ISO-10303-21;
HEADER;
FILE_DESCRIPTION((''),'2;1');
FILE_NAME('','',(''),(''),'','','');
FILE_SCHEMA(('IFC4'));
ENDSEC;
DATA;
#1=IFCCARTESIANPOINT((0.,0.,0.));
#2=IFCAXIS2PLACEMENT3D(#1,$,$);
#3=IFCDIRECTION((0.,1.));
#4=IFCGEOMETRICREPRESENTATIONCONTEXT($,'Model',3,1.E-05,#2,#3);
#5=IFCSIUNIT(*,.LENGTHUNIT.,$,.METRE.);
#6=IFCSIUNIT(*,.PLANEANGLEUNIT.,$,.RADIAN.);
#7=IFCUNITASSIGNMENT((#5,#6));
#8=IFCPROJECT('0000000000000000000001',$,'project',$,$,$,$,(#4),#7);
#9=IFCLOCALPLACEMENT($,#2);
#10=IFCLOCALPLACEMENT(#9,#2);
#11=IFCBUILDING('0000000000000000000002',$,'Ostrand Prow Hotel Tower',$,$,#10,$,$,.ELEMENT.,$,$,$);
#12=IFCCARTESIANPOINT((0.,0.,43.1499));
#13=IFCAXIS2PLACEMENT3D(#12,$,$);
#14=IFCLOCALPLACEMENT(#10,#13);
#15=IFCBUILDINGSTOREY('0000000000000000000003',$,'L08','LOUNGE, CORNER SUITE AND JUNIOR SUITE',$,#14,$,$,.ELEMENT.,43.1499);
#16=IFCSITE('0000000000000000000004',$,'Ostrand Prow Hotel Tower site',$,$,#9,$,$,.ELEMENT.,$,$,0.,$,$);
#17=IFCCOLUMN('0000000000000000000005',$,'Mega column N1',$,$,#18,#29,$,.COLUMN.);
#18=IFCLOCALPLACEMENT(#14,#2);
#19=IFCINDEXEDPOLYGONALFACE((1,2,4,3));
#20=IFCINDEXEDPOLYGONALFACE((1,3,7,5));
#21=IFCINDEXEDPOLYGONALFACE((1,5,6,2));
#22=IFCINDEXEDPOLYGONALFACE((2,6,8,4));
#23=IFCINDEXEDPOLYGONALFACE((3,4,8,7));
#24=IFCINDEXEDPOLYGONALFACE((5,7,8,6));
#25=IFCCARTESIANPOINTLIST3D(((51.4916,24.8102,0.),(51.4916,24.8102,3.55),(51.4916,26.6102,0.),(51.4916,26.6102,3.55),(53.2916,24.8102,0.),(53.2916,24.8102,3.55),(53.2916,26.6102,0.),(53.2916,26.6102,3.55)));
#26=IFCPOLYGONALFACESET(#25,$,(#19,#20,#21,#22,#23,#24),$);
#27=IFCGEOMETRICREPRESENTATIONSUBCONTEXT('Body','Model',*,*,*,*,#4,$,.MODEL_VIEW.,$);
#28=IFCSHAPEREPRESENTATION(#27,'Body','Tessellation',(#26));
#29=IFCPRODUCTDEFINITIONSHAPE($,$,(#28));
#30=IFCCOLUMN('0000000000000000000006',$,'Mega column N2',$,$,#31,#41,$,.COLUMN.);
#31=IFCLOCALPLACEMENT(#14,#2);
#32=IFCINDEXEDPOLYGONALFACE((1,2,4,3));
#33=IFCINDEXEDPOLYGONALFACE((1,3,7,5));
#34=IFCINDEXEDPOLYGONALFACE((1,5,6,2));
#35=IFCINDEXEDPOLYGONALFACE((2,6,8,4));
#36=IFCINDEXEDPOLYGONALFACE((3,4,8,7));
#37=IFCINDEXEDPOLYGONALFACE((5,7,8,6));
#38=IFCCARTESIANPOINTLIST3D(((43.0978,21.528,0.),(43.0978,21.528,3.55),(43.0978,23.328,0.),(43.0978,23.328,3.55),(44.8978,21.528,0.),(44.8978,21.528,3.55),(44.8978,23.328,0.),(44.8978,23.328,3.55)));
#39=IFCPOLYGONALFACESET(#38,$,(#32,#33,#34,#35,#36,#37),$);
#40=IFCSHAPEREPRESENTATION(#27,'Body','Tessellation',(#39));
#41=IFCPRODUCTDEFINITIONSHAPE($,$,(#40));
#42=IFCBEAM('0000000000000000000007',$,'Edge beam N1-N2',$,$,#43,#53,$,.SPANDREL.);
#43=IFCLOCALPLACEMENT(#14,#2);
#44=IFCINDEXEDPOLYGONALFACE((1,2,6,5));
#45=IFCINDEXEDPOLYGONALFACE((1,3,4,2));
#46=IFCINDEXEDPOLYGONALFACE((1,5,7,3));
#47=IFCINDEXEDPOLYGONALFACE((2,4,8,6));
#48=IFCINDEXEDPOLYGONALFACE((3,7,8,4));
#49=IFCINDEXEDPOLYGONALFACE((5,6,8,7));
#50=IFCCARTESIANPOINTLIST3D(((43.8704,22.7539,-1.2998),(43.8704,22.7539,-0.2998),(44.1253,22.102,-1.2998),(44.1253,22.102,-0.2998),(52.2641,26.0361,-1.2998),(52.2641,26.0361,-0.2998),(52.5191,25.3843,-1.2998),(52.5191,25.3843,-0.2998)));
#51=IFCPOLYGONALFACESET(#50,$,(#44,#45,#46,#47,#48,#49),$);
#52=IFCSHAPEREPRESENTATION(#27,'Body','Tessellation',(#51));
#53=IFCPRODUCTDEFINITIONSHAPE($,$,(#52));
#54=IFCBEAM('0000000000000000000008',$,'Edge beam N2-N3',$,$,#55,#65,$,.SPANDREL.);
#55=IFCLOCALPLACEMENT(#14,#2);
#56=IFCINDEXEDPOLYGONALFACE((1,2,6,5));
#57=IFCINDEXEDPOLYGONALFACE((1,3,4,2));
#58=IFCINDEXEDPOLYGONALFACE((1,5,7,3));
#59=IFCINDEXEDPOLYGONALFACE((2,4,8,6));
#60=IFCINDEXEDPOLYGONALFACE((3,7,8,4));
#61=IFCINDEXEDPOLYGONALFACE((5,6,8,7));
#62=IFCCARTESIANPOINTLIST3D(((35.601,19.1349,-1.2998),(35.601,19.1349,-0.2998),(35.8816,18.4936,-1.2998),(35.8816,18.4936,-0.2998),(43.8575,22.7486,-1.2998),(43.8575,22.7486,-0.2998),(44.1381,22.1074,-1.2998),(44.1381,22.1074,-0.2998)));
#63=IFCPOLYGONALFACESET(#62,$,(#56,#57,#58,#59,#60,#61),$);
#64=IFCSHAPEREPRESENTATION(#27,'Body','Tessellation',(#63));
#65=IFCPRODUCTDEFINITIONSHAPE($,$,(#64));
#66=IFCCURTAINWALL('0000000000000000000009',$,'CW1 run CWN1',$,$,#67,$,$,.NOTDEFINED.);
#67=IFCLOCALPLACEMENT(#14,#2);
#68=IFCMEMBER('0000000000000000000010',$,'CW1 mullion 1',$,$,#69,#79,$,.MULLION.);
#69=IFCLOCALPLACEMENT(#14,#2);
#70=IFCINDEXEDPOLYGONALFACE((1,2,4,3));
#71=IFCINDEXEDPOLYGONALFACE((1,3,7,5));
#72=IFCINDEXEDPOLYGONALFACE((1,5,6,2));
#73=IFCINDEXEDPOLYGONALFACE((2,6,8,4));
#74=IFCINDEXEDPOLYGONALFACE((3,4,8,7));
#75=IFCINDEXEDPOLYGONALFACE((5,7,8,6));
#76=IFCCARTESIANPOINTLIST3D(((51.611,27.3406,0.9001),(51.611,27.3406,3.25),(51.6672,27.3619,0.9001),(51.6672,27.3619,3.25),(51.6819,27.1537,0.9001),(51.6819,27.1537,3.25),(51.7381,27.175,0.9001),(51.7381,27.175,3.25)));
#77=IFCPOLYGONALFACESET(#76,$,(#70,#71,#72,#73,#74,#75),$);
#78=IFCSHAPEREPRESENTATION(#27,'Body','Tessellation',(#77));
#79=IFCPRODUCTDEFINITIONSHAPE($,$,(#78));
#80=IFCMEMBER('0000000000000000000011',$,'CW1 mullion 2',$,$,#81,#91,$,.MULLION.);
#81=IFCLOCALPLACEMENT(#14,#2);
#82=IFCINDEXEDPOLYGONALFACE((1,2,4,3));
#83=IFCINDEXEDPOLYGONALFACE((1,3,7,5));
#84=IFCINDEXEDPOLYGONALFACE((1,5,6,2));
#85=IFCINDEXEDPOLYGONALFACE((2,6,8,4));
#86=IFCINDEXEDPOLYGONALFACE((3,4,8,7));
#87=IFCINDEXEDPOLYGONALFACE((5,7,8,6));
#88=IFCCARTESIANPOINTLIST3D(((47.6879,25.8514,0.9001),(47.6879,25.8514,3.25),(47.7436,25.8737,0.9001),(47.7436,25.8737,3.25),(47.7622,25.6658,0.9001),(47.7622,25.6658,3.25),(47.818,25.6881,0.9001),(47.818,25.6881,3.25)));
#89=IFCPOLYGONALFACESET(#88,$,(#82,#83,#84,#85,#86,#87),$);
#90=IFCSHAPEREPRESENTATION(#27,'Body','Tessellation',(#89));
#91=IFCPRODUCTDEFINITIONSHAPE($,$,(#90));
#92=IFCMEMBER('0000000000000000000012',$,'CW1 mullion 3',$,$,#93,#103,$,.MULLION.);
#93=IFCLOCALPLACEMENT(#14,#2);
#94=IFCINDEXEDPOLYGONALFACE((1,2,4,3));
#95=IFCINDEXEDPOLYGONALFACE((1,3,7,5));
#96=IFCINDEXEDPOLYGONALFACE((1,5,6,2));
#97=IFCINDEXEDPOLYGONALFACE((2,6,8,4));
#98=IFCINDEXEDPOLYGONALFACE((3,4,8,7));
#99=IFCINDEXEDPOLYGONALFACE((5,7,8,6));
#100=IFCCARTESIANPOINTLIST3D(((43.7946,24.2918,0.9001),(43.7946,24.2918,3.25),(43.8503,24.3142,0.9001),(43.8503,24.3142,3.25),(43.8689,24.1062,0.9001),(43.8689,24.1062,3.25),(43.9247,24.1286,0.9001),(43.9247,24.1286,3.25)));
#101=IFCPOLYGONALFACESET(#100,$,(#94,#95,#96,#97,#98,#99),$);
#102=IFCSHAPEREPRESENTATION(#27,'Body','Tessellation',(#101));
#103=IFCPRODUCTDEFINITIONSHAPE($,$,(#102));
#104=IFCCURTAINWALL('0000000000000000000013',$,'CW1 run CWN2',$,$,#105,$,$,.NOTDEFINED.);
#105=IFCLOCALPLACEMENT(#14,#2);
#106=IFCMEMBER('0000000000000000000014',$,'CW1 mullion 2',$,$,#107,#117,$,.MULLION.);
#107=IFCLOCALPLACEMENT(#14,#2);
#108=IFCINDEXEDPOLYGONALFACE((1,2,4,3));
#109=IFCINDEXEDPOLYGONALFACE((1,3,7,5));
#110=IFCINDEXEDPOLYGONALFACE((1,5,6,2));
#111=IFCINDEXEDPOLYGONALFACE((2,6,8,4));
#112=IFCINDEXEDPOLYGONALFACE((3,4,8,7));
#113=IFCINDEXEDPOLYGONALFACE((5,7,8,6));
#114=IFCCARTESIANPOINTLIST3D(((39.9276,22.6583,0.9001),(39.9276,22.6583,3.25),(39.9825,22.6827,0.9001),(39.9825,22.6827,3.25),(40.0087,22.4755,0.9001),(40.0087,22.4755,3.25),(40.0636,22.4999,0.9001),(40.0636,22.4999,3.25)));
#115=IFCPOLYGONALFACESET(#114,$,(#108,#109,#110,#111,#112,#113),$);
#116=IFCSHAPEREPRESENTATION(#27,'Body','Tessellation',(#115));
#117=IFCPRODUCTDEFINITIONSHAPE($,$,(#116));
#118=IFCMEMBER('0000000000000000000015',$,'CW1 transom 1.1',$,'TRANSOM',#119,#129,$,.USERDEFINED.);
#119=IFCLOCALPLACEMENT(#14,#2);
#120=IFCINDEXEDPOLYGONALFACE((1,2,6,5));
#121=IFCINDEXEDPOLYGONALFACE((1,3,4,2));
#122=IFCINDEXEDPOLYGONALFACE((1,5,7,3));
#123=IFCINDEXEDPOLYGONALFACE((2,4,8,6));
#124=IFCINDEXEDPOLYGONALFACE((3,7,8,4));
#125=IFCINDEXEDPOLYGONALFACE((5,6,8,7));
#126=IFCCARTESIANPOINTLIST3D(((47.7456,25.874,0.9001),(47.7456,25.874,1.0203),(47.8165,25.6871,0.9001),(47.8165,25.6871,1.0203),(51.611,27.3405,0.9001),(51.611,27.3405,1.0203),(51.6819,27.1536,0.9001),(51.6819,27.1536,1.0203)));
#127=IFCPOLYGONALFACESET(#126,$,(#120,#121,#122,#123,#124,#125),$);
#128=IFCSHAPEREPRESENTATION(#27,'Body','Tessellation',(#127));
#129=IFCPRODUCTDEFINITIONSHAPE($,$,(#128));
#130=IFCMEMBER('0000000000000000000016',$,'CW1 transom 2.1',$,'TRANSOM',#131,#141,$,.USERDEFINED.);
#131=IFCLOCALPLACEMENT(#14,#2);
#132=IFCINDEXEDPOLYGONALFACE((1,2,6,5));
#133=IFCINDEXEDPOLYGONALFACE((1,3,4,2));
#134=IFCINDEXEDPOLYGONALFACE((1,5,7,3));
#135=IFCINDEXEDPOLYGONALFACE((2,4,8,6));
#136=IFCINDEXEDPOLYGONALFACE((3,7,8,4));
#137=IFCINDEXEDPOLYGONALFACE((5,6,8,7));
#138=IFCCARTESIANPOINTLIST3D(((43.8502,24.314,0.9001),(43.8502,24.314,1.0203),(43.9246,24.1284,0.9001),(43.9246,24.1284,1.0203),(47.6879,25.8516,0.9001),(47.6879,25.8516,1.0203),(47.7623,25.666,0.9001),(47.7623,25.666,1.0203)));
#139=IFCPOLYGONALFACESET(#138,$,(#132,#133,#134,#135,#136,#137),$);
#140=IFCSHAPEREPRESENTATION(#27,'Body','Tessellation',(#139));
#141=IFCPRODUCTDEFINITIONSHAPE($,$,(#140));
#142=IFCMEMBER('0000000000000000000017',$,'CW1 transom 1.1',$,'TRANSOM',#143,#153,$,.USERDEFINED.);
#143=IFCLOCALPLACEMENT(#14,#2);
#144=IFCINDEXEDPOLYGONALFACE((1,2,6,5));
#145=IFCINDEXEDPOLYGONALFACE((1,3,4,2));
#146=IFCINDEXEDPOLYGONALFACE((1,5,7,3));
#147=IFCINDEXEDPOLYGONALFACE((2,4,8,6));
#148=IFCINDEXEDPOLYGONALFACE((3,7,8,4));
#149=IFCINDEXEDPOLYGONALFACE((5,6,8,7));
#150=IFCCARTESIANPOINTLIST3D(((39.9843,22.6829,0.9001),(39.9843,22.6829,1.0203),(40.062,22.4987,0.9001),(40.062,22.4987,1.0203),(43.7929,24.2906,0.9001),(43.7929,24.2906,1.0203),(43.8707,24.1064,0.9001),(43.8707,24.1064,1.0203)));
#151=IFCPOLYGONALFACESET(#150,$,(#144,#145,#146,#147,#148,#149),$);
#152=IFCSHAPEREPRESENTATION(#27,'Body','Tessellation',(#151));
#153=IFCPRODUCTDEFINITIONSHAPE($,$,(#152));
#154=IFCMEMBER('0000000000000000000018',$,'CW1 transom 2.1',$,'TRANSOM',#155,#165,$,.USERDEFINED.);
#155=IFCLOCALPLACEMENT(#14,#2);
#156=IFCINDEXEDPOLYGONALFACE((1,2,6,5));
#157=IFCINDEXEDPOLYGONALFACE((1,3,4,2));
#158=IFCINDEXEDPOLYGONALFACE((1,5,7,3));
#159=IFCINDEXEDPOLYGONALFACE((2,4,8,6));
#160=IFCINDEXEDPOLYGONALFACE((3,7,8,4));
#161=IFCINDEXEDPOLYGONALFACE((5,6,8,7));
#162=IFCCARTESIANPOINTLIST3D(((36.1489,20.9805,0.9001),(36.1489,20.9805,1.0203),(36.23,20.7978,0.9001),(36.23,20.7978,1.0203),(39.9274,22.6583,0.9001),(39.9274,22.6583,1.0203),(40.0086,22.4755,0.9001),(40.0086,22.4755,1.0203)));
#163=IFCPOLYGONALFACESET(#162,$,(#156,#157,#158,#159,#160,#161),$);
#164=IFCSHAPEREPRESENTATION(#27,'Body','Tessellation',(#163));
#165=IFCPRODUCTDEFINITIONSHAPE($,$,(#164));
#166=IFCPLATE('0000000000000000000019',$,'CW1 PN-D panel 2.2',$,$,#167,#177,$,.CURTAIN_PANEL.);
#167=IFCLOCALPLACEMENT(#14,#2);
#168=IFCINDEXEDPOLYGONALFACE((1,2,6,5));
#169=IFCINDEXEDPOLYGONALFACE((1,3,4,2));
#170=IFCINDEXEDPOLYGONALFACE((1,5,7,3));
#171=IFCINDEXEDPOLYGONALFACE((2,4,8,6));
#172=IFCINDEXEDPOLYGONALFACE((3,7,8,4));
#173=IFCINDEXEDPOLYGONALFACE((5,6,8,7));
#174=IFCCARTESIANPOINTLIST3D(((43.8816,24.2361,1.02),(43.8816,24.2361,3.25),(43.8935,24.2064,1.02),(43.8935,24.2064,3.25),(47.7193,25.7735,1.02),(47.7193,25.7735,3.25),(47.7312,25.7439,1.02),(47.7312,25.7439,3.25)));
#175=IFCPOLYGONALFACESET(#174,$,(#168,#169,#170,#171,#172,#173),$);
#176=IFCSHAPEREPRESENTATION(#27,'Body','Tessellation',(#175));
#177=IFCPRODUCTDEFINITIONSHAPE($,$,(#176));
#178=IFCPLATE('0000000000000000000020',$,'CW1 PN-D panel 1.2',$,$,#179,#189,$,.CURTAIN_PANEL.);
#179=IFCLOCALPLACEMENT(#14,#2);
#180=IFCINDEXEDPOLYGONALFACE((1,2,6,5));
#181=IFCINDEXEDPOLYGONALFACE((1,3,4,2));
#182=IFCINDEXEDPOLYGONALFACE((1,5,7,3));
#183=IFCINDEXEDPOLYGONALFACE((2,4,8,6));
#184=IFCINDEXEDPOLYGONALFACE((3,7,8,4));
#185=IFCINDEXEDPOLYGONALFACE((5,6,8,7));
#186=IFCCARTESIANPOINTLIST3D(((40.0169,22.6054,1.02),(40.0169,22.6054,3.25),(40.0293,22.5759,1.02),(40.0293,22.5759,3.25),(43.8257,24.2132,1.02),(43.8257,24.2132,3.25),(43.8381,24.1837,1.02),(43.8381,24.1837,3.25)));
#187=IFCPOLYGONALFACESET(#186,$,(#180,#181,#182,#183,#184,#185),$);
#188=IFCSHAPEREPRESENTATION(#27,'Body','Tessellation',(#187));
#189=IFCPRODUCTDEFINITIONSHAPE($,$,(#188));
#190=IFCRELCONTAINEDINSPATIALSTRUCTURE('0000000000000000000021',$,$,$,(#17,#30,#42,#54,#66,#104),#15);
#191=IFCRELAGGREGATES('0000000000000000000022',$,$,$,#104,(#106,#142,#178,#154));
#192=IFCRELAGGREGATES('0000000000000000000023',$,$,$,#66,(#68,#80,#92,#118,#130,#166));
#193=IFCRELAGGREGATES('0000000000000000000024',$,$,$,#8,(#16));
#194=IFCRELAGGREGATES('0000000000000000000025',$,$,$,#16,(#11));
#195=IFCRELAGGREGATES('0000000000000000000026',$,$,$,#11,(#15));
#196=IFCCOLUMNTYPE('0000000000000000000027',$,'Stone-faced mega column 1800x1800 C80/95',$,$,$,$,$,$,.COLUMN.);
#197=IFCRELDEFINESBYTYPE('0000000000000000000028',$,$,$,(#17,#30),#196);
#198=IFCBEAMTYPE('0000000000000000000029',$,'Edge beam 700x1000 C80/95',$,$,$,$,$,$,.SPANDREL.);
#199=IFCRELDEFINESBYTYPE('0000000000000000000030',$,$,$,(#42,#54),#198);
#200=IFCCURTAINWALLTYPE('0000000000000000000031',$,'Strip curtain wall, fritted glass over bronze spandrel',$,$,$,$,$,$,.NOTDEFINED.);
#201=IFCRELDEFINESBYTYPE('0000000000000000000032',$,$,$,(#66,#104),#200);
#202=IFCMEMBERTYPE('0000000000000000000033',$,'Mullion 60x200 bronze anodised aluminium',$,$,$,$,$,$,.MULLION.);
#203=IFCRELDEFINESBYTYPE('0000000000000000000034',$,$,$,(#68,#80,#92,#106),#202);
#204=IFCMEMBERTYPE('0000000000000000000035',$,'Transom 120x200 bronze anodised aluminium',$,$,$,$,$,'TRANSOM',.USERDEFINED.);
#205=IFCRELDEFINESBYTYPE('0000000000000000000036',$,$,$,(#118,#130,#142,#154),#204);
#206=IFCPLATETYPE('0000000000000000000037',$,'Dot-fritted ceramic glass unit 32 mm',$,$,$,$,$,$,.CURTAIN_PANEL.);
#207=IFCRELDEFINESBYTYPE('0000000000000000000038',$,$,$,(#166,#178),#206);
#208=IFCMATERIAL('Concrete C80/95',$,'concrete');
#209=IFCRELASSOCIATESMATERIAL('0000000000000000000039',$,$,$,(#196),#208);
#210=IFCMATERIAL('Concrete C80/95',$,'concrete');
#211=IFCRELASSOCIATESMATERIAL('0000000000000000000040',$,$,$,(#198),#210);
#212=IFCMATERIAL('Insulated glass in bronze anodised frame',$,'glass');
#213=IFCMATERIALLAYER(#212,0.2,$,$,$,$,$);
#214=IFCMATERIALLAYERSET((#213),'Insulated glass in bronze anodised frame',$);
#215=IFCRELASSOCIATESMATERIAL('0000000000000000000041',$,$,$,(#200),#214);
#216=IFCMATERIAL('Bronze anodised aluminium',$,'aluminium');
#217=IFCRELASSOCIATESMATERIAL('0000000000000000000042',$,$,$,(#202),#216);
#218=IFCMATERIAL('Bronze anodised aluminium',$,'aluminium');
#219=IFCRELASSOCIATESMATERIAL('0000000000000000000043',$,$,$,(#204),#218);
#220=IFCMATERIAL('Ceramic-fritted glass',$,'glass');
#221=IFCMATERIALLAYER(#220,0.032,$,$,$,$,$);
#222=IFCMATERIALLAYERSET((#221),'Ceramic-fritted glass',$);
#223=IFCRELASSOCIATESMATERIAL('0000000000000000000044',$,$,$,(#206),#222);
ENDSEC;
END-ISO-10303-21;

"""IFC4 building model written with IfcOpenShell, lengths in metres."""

from ifc_helpers import new_model, si_unit, direction, frame, origin, origin_2d, place, context, subcontext, project, spatial, rectangle, extrude, material, layer, layer_set, material_profile, profile_set, type_object, element, aggregate, save


model = new_model("IFC4")

# Units and contexts
model_context = context("Model", 3, precision=1e-05, world=origin(), true_north=direction((0.0, 1.0)))
body_context = subcontext(model_context, "Body", "Model", "MODEL_VIEW")
ifc_project = project(units=[si_unit("LENGTHUNIT", "METRE"), si_unit("PLANEANGLEUNIT", "RADIAN")], contexts=[model_context])

# Site, building, storey
site_placement = place(None, origin())
site = spatial("IfcSite", under=ifc_project, at=site_placement, Name="Ostrand Prow Hotel Tower site", CompositionType="ELEMENT", RefElevation=0.0)
building_placement = place(site_placement, origin())
building = spatial("IfcBuilding", under=site, at=building_placement, Name="Ostrand Prow Hotel Tower", CompositionType="ELEMENT")
storey_placement = place(building_placement, frame((0.0, 0.0, 43.1499)))
storey = spatial("IfcBuildingStorey", under=building, at=storey_placement, Name="L08", Description="LOUNGE, CORNER SUITE AND JUNIOR SUITE", CompositionType="ELEMENT", Elevation=43.1499)

# Columns
ifc_material_1 = material(Name="Concrete C80/95", Category="concrete")
ifc_material_profile_1 = material_profile(ifc_material_1, rectangle(XDim=1.8, YDim=1.8, at=origin_2d()), Name="RC 1800x1800")
ifc_profile_set_1 = profile_set([ifc_material_profile_1], Name="Concrete C80/95")
column_type = type_object("IfcColumnType", Name="Stone-faced mega column 1800x1800 C80/95", PredefinedType="COLUMN", material=ifc_profile_set_1)
for number, where, z_axis, x_axis, name in (
    (1, (52.3916, 25.7102, 0.0), (0.0, 0.0, 1.0), (1.0, 0.0, 0.0), "Mega column N1"),
    (2, (43.9978, 22.428, 0.0), (0.0, 0.0, 1.0), (1.0, 0.0, 0.0), "Mega column N2"),
):
    element("IfcColumn", number, at=place(storey_placement, frame(where, z_axis=z_axis, x_axis=x_axis)), inside=storey, type_object=column_type, Name=name, PredefinedType="COLUMN", context=body_context, shape_type="SweptSolid", body=[
        extrude(rectangle(XDim=1.8, YDim=1.8, at=origin_2d()), origin(), (0.0, 0.0, 1.0), 3.55),
    ])

# Beams
ifc_material_2 = material(Name="Concrete C80/95", Category="concrete")
ifc_material_profile_2 = material_profile(ifc_material_2, rectangle(XDim=0.7, YDim=1.0, at=origin_2d()), Name="RC 700x1000")
ifc_profile_set_2 = profile_set([ifc_material_profile_2], Name="Concrete C80/95")
beam_type = type_object("IfcBeamType", Name="Edge beam 700x1000 C80/95", PredefinedType="SPANDREL", material=ifc_profile_set_2)
for number, where, z_axis, x_axis, name in (
    (3, (52.3916, 25.7102, -0.7998), (-0.931329, -0.364178, 0.0), (0.364178, -0.931329, 0.0), "Edge beam N1-N2"),
    (4, (43.9978, 22.428, -0.7998), (-0.916096, -0.40096, 0.0), (0.40096, -0.916096, 0.0), "Edge beam N2-N3"),
):
    element("IfcBeam", number, at=place(storey_placement, frame(where, z_axis=z_axis, x_axis=x_axis)), inside=storey, type_object=beam_type, Name=name, PredefinedType="SPANDREL", context=body_context, shape_type="SweptSolid", body=[
        extrude(rectangle(XDim=0.7, YDim=1.0, at=origin_2d()), origin(), (0.0, 0.0, 1.0), 9.0127),
    ])

# Curtain wall, members
ifc_material_3 = material(Name="Insulated glass in bronze anodised frame", Category="glass")
ifc_layer_1 = layer(ifc_material_3, 0.2)
ifc_layer_set_1 = layer_set([ifc_layer_1], Name="Insulated glass in bronze anodised frame")
curtain_wall_type = type_object("IfcCurtainWallType", Name="Strip curtain wall, fritted glass over bronze spandrel", PredefinedType="NOTDEFINED", material=ifc_layer_set_1)
curtain_wall_1_placement = place(storey_placement, origin())
curtain_wall_1 = element("IfcCurtainWall", 5, at=curtain_wall_1_placement, inside=storey, type_object=curtain_wall_type, Name="CW1 run CWN1", PredefinedType="NOTDEFINED")
ifc_material_4 = material(Name="Bronze anodised aluminium", Category="aluminium")
ifc_material_profile_3 = material_profile(ifc_material_4, rectangle(XDim=0.2, YDim=0.0601, at=origin_2d()), Name="Mullion 60x200 bronze anodised aluminium")
ifc_profile_set_3 = profile_set([ifc_material_profile_3], Name="Bronze anodised aluminium")
member_type_1 = type_object("IfcMemberType", Name="Mullion 60x200 bronze anodised aluminium", PredefinedType="MULLION", material=ifc_profile_set_3)
member_1_placement = place(storey_placement, frame((51.6746, 27.2578, 0.9001), z_axis=(0.0, 0.0, 1.0), x_axis=(0.354728, -0.934969, 0.0)))
member_1 = element("IfcMember", 6, at=member_1_placement, type_object=member_type_1, Name="CW1 mullion 1", PredefinedType="MULLION", context=body_context, shape_type="SweptSolid", body=[
    extrude(rectangle(XDim=0.2, YDim=0.0601, at=origin_2d()), origin(), (0.0, 0.0, 1.0), 2.3499),
])
member_2_placement = place(storey_placement, frame((47.7529, 25.7698, 0.9001), z_axis=(0.0, 0.0, 1.0), x_axis=(0.371873, -0.928283, 0.0)))
member_2 = element("IfcMember", 7, at=member_2_placement, type_object=member_type_1, Name="CW1 mullion 2", PredefinedType="MULLION", context=body_context, shape_type="SweptSolid", body=[
    extrude(rectangle(XDim=0.2, YDim=0.0601, at=origin_2d()), origin(), (0.0, 0.0, 1.0), 2.3499),
])
member_3_placement = place(storey_placement, frame((43.8596, 24.2102, 0.9001), z_axis=(0.0, 0.0, 1.0), x_axis=(0.371873, -0.928283, 0.0)))
member_3 = element("IfcMember", 8, at=member_3_placement, type_object=member_type_1, Name="CW1 mullion 3", PredefinedType="MULLION", context=body_context, shape_type="SweptSolid", body=[
    extrude(rectangle(XDim=0.2, YDim=0.0601, at=origin_2d()), origin(), (0.0, 0.0, 1.0), 2.3499),
])

# Curtain wall, member
curtain_wall_2_placement = place(storey_placement, origin())
curtain_wall_2 = element("IfcCurtainWall", 9, at=curtain_wall_2_placement, inside=storey, type_object=curtain_wall_type, Name="CW1 run CWN2", PredefinedType="NOTDEFINED")
member_4_placement = place(storey_placement, frame((39.9956, 22.5791, 0.9001), z_axis=(0.0, 0.0, 1.0), x_axis=(0.40578, -0.913971, 0.0)))
member_4 = element("IfcMember", 10, at=member_4_placement, type_object=member_type_1, Name="CW1 mullion 2", PredefinedType="MULLION", context=body_context, shape_type="SweptSolid", body=[
    extrude(rectangle(XDim=0.2, YDim=0.0601, at=origin_2d()), origin(), (0.0, 0.0, 1.0), 2.3499),
])

# Members
ifc_material_5 = material(Name="Bronze anodised aluminium", Category="aluminium")
ifc_material_profile_4 = material_profile(ifc_material_5, rectangle(XDim=0.2, YDim=0.1201, at=origin_2d()), Name="Transom 120x200 bronze anodised aluminium")
ifc_profile_set_4 = profile_set([ifc_material_profile_4], Name="Bronze anodised aluminium")
member_type_2 = type_object("IfcMemberType", Name="Transom 120x200 bronze anodised aluminium", ElementType="TRANSOM", PredefinedType="USERDEFINED", material=ifc_profile_set_4)
member_5_placement = place(storey_placement, frame((51.6465, 27.2471, 0.9602), z_axis=(-0.934971, -0.354725, 0.0), x_axis=(0.354725, -0.934971, 0.0)))
member_5 = element("IfcMember", 11, at=member_5_placement, type_object=member_type_2, Name="CW1 transom 1.1", ObjectType="TRANSOM", PredefinedType="USERDEFINED", context=body_context, shape_type="SweptSolid", body=[
    extrude(rectangle(XDim=0.2, YDim=0.1201, at=origin_2d()), origin(), (0.0, 0.0, 1.0), 4.1343),
])
member_6_placement = place(storey_placement, frame((47.7251, 25.7588, 0.9602), z_axis=(-0.928265, -0.37192, 0.0), x_axis=(0.37192, -0.928265, 0.0)))
member_6 = element("IfcMember", 12, at=member_6_placement, type_object=member_type_2, Name="CW1 transom 2.1", ObjectType="TRANSOM", PredefinedType="USERDEFINED", context=body_context, shape_type="SweptSolid", body=[
    extrude(rectangle(XDim=0.2, YDim=0.1201, at=origin_2d()), origin(), (0.0, 0.0, 1.0), 4.1343),
])
member_7_placement = place(storey_placement, frame((43.8318, 24.1985, 0.9602), z_axis=(-0.921285, -0.388888, 0.0), x_axis=(0.388888, -0.921285, 0.0)))
member_7 = element("IfcMember", 13, at=member_7_placement, type_object=member_type_2, Name="CW1 transom 1.1", ObjectType="TRANSOM", PredefinedType="USERDEFINED", context=body_context, shape_type="SweptSolid", body=[
    extrude(rectangle(XDim=0.2, YDim=0.1201, at=origin_2d()), origin(), (0.0, 0.0, 1.0), 4.134),
])
member_8_placement = place(storey_placement, frame((39.968, 22.5669, 0.9602), z_axis=(-0.913958, -0.40581, 0.0), x_axis=(0.40581, -0.913958, 0.0)))
member_8 = element("IfcMember", 14, at=member_8_placement, type_object=member_type_2, Name="CW1 transom 2.1", ObjectType="TRANSOM", PredefinedType="USERDEFINED", context=body_context, shape_type="SweptSolid", body=[
    extrude(rectangle(XDim=0.2, YDim=0.1201, at=origin_2d()), origin(), (0.0, 0.0, 1.0), 4.1343),
])

# Plates
ifc_material_6 = material(Name="Ceramic-fritted glass", Category="glass")
ifc_layer_2 = layer(ifc_material_6, 0.032)
ifc_layer_set_2 = layer_set([ifc_layer_2], Name="Ceramic-fritted glass")
plate_type_1 = type_object("IfcPlateType", Name="Dot-fritted ceramic glass unit 32 mm", PredefinedType="CURTAIN_PANEL", material=ifc_layer_set_2)
plate_1_placement = place(storey_placement, frame((45.8064, 24.99, 1.02), z_axis=(0.0, 0.0, 1.0), x_axis=(-0.928283, -0.371873, 0.0)))
plate_1 = element("IfcPlate", 15, at=plate_1_placement, type_object=plate_type_1, Name="CW1 PN-D panel 2.2", PredefinedType="CURTAIN_PANEL", context=body_context, shape_type="SweptSolid", body=[
    extrude(rectangle(XDim=4.1343, YDim=0.032, at=origin_2d()), origin(), (0.0, 0.0, 1.0), 2.23),
])
plate_2_placement = place(storey_placement, frame((41.9275, 23.3945, 1.02), z_axis=(0.0, 0.0, 1.0), x_axis=(-0.921283, -0.388892, 0.0)))
plate_2 = element("IfcPlate", 16, at=plate_2_placement, type_object=plate_type_1, Name="CW1 PN-D panel 1.2", PredefinedType="CURTAIN_PANEL", context=body_context, shape_type="SweptSolid", body=[
    extrude(rectangle(XDim=4.1343, YDim=0.032, at=origin_2d()), origin(), (0.0, 0.0, 1.0), 2.23),
])
aggregate(curtain_wall_2, [member_4, member_7, plate_2, member_8])
aggregate(curtain_wall_1, [member_1, member_2, member_3, member_5, member_6, plate_1])

save(model, "model.ifc")
